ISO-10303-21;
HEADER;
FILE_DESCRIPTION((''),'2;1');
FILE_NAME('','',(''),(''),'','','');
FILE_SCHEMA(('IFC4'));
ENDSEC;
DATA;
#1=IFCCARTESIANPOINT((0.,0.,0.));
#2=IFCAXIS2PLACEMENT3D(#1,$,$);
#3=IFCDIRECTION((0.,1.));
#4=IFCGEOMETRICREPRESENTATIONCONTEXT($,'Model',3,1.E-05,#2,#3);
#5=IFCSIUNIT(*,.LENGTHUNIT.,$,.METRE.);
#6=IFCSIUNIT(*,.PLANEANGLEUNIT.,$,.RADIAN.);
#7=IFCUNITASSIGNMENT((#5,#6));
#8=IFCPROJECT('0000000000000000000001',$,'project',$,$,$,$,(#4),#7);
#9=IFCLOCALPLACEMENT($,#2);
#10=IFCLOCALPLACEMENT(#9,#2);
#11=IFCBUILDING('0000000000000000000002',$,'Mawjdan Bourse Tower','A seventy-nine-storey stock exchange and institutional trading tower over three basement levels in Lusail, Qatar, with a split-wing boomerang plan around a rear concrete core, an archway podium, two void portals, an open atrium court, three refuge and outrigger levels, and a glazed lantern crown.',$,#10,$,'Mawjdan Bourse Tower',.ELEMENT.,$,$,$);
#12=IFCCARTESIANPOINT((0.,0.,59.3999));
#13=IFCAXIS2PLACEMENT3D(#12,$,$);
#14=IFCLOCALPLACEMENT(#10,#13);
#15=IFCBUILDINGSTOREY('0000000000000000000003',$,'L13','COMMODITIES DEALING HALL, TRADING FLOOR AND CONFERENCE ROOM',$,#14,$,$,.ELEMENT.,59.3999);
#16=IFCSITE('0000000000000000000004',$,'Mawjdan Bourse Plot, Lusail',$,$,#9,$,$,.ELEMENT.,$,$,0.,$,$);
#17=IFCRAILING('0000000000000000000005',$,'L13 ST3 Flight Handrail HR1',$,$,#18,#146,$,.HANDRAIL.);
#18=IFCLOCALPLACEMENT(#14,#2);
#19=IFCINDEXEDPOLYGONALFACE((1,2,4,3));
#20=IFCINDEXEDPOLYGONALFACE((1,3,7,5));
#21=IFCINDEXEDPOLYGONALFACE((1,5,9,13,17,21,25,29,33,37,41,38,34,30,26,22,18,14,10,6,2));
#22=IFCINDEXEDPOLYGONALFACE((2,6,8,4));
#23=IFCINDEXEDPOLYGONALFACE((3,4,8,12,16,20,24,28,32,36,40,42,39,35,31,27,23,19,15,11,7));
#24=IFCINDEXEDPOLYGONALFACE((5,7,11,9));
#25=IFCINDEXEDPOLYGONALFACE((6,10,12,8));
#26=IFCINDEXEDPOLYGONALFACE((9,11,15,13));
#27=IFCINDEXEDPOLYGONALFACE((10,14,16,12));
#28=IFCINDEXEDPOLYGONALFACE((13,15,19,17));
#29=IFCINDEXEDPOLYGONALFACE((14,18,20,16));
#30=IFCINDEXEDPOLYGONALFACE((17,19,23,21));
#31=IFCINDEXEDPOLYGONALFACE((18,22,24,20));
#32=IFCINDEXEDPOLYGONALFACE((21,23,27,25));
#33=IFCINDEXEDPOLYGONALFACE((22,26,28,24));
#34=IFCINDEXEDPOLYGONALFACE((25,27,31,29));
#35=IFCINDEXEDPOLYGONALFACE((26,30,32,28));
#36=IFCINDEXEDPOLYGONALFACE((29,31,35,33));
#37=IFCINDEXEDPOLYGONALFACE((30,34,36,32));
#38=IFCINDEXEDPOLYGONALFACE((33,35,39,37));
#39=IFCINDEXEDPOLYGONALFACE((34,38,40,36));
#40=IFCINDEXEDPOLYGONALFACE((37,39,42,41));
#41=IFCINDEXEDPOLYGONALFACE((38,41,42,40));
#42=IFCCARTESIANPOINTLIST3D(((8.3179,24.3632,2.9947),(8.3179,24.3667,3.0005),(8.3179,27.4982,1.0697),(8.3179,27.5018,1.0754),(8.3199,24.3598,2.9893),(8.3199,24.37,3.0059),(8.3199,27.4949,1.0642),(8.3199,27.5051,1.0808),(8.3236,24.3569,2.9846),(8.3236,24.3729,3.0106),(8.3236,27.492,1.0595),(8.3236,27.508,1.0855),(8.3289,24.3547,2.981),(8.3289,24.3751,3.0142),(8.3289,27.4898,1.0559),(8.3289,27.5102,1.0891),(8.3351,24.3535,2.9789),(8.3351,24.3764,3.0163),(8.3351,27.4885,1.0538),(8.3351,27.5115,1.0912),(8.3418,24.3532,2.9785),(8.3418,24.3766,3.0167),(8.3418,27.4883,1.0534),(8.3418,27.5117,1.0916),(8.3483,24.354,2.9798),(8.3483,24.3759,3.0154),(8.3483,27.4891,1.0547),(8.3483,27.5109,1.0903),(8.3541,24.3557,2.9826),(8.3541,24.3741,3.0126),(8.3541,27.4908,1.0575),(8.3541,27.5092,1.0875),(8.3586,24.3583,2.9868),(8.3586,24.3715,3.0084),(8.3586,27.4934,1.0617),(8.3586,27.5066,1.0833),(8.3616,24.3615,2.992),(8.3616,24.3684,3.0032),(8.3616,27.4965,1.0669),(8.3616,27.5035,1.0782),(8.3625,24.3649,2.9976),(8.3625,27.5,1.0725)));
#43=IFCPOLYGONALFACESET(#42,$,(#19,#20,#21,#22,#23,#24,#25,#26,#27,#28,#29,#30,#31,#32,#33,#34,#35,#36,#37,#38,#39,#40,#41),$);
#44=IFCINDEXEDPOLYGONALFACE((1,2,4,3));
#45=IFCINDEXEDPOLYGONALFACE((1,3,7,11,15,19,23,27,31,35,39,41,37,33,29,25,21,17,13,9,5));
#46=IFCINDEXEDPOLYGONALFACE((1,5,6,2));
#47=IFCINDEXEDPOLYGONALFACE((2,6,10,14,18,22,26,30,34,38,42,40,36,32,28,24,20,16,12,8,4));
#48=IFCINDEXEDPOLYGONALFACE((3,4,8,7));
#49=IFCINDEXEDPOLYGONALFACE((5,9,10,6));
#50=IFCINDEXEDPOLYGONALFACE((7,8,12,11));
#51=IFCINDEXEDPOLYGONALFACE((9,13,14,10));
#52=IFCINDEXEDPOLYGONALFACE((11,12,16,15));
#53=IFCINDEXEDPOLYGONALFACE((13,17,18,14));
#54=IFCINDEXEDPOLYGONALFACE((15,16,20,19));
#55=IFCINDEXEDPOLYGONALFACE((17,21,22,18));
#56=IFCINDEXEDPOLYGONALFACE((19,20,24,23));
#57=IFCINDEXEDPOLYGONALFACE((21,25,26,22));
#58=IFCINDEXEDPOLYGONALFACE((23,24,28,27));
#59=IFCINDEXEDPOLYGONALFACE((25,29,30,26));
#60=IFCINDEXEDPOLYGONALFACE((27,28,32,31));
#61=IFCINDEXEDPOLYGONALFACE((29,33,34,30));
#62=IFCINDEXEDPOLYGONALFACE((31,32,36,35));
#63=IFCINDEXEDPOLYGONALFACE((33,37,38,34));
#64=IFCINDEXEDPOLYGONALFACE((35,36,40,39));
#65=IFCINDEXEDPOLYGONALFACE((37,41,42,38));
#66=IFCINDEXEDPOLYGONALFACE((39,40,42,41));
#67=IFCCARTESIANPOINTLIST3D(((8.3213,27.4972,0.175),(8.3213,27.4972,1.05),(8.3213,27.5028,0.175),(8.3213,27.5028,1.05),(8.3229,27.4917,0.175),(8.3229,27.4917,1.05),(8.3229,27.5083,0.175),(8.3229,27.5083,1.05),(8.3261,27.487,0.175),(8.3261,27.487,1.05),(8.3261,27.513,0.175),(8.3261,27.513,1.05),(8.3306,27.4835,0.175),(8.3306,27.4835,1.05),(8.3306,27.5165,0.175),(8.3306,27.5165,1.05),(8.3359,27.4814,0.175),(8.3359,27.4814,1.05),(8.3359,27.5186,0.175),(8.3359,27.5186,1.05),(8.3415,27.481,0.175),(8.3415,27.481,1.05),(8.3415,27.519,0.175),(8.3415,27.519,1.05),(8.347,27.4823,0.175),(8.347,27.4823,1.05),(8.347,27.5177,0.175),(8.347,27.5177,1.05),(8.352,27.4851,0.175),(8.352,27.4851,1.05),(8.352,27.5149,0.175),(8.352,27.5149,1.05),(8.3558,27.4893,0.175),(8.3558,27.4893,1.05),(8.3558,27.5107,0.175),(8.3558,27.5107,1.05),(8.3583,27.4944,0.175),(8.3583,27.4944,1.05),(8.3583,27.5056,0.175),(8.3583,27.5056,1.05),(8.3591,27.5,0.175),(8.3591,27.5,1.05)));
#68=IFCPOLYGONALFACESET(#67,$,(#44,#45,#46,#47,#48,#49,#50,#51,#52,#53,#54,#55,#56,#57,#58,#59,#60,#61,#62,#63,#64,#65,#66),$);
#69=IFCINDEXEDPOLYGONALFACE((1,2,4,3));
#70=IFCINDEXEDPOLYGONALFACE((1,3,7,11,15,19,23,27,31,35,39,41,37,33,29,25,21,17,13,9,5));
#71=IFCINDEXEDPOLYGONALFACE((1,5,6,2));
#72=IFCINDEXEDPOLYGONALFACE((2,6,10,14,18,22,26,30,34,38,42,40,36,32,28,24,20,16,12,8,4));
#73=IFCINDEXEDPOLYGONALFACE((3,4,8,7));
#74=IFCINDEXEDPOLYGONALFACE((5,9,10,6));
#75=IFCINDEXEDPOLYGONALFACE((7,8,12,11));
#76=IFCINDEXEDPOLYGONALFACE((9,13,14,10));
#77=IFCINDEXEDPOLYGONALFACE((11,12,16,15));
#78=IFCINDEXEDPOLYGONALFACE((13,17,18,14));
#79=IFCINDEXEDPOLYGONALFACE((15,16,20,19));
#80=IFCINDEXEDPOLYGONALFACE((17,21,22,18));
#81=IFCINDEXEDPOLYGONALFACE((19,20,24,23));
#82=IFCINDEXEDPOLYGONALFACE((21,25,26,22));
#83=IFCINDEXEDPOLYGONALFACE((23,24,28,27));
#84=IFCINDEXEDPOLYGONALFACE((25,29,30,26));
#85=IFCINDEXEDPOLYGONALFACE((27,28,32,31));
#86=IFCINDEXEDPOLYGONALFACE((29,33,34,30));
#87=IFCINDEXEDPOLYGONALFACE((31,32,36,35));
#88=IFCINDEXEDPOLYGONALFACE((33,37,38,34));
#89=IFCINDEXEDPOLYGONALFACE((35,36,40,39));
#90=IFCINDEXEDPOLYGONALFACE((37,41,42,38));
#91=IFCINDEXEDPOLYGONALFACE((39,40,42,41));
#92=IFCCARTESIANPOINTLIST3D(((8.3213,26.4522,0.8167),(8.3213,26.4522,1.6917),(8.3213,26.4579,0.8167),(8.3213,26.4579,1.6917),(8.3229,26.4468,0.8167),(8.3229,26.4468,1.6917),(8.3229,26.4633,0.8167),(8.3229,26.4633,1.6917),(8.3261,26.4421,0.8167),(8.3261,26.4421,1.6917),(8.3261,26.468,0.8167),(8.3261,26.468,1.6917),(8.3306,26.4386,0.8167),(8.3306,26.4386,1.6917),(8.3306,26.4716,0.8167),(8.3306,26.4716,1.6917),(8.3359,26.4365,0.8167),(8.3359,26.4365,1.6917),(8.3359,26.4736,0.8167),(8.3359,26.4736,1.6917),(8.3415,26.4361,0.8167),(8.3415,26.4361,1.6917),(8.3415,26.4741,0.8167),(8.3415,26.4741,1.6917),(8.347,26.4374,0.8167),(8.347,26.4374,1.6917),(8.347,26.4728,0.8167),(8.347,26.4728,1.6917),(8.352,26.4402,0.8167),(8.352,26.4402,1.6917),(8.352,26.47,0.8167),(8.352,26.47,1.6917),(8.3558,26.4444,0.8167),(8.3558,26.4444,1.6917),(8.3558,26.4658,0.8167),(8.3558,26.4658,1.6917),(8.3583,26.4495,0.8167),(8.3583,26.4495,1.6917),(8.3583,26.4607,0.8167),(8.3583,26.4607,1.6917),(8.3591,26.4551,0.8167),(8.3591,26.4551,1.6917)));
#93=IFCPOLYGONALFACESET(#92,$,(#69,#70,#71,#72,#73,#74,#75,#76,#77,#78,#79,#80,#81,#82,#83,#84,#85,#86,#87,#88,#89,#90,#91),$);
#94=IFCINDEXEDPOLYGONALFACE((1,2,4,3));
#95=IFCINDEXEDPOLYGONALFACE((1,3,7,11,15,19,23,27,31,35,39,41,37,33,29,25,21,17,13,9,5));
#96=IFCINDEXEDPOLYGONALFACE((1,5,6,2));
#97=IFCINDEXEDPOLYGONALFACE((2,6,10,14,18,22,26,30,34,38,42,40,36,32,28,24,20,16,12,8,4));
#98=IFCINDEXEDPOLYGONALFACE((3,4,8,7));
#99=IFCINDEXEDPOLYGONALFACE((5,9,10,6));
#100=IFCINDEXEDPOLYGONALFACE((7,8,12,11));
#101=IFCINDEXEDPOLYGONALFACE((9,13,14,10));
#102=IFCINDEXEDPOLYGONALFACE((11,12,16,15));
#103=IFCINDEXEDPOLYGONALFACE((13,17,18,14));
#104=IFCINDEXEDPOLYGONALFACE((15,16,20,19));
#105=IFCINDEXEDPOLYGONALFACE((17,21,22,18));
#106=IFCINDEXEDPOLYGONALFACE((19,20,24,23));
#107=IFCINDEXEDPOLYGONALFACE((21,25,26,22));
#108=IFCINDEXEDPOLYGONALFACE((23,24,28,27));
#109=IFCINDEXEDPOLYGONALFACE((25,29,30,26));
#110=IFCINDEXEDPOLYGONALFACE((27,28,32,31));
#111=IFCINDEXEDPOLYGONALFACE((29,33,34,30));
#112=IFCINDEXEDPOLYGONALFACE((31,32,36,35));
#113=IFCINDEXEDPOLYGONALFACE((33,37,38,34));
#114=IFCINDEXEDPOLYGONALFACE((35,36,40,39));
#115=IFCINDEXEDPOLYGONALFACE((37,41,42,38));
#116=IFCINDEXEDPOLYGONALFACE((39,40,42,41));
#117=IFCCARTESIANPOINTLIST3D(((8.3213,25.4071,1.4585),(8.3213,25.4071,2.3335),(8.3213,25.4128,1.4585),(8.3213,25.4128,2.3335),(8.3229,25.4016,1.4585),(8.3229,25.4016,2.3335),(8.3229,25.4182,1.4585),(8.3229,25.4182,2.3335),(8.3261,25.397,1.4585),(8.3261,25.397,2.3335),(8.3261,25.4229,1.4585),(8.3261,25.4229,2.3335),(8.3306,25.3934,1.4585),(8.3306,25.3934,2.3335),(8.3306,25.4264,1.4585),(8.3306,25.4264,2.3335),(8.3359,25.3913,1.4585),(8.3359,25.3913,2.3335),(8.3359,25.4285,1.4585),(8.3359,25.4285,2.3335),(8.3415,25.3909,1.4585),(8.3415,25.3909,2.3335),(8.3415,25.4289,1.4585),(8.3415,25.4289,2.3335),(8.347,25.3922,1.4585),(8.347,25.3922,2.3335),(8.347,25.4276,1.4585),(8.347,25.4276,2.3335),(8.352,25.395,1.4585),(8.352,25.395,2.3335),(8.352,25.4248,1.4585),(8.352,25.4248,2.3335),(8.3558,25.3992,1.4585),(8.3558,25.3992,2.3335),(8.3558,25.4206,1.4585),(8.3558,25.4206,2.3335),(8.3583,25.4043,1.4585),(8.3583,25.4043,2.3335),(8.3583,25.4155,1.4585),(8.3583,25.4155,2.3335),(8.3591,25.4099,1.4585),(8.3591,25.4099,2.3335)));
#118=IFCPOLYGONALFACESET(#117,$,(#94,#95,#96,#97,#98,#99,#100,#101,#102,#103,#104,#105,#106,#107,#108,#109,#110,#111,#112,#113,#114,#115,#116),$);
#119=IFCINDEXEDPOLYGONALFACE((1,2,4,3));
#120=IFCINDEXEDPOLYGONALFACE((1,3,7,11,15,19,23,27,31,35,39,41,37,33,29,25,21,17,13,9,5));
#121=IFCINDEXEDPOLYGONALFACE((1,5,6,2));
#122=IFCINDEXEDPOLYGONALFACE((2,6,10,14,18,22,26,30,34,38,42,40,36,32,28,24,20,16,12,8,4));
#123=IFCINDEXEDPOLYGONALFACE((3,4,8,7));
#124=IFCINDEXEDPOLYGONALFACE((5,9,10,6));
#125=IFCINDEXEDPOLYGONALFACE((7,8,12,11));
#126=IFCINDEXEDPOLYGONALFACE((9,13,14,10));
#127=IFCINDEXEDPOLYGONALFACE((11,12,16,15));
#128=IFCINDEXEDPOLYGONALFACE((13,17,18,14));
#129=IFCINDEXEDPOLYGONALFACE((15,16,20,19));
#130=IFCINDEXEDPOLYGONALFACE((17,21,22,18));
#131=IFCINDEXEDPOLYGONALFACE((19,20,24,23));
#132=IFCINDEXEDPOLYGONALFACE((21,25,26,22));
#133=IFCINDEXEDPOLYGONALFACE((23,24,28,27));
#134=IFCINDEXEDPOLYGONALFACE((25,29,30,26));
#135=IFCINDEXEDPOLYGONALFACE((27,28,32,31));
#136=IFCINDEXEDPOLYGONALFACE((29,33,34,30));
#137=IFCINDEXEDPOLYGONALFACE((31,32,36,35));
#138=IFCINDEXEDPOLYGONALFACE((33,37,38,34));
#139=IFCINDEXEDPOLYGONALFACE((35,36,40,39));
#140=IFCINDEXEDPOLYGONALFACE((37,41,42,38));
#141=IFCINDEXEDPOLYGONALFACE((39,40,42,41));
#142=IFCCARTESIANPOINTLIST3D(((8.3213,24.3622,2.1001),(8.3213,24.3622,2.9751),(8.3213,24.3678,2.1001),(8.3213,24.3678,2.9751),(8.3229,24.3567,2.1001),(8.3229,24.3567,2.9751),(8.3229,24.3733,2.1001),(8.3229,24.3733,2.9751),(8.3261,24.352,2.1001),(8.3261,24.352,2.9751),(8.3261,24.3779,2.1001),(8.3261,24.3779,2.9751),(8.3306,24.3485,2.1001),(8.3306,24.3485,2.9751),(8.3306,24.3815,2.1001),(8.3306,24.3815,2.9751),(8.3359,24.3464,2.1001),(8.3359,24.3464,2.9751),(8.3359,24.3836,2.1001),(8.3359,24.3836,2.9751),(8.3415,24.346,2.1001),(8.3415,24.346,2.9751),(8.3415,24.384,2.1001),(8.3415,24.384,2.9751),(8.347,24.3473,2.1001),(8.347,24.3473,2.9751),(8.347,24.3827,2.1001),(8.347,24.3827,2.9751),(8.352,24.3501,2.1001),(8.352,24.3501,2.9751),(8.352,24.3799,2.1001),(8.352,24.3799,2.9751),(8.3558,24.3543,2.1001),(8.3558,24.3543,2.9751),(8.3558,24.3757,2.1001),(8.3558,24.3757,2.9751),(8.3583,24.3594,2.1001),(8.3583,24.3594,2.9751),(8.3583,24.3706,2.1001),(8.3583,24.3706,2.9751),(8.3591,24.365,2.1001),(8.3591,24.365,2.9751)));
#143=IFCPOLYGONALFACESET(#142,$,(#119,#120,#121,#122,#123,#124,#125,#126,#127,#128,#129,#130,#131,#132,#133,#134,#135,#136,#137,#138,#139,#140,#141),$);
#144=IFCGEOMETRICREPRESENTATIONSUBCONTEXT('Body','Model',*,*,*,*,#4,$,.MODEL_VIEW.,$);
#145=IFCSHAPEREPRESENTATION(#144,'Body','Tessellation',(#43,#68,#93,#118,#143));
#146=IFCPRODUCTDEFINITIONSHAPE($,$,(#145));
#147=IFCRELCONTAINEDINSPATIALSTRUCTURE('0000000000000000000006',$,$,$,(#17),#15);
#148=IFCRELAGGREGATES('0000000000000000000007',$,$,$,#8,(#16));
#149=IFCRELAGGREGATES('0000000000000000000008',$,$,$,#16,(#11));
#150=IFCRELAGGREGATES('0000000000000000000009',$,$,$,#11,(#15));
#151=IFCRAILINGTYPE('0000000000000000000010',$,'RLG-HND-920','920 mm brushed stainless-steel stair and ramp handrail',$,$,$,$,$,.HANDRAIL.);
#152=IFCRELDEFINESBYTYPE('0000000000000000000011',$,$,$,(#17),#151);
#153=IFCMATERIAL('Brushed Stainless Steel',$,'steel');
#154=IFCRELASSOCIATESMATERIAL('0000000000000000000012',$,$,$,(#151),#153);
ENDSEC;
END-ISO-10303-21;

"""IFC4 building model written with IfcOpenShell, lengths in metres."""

from ifc_helpers import new_model, si_unit, direction, frame, origin, origin_2d, place, context, subcontext, project, spatial, circle, extrude, material, type_object, element, save


model = new_model("IFC4")

# Units and contexts
model_context = context("Model", 3, precision=1e-05, world=origin(), true_north=direction((0.0, 1.0)))
body_context = subcontext(model_context, "Body", "Model", "MODEL_VIEW")
ifc_project = project(units=[si_unit("LENGTHUNIT", "METRE"), si_unit("PLANEANGLEUNIT", "RADIAN")], contexts=[model_context])

# Site, building, storey
site_placement = place(None, origin())
site = spatial("IfcSite", under=ifc_project, at=site_placement, Name="Mawjdan Bourse Plot, Lusail", CompositionType="ELEMENT", RefElevation=0.0)
building_placement = place(site_placement, origin())
building = spatial("IfcBuilding", under=site, at=building_placement, Name="Mawjdan Bourse Tower", Description="A seventy-nine-storey stock exchange and institutional trading tower over three basement levels in Lusail, Qatar, with a split-wing boomerang plan around a rear concrete core, an archway podium, two void portals, an open atrium court, three refuge and outrigger levels, and a glazed lantern crown.", LongName="Mawjdan Bourse Tower", CompositionType="ELEMENT")
storey_placement = place(building_placement, frame((0.0, 0.0, 59.3999)))
storey = spatial("IfcBuildingStorey", under=building, at=storey_placement, Name="L13", Description="COMMODITIES DEALING HALL, TRADING FLOOR AND CONFERENCE ROOM", CompositionType="ELEMENT", Elevation=59.3999)

# Railing
ifc_material_1 = material(Name="Brushed Stainless Steel", Category="steel")
railing_type_1 = type_object("IfcRailingType", Name="RLG-HND-920", Description="920 mm brushed stainless-steel stair and ramp handrail", PredefinedType="HANDRAIL", material=ifc_material_1)
railing_1_placement = place(storey_placement, frame((8.3401, 27.5, 0.175)))
element("IfcRailing", 1, at=railing_1_placement, inside=storey, type_object=railing_type_1, Name="L13 ST3 Flight Handrail HR1", PredefinedType="HANDRAIL", context=body_context, shape_type="SweptSolid", body=[
    extrude(circle(Radius=0.0225, at=origin_2d()), frame((0.0, 0.0, 0.8975), z_axis=(0.0, -0.852166, 0.523271), x_axis=(1.0, 0.0, 0.0)), (0.0, 0.0, 1.0), 3.679),
    extrude(circle(Radius=0.019, at=origin_2d()), origin(), (0.0, 0.0, 1.0), 0.875),
    extrude(circle(Radius=0.019, at=origin_2d()), frame((0.0, -1.0449, 0.6416)), (0.0, 0.0, 1.0), 0.875),
    extrude(circle(Radius=0.019, at=origin_2d()), frame((0.0, -2.0901, 1.2834)), (0.0, 0.0, 1.0), 0.875),
    extrude(circle(Radius=0.019, at=origin_2d()), frame((0.0, -3.135, 1.925)), (0.0, 0.0, 1.0), 0.875),
])

save(model, "model.ifc")
